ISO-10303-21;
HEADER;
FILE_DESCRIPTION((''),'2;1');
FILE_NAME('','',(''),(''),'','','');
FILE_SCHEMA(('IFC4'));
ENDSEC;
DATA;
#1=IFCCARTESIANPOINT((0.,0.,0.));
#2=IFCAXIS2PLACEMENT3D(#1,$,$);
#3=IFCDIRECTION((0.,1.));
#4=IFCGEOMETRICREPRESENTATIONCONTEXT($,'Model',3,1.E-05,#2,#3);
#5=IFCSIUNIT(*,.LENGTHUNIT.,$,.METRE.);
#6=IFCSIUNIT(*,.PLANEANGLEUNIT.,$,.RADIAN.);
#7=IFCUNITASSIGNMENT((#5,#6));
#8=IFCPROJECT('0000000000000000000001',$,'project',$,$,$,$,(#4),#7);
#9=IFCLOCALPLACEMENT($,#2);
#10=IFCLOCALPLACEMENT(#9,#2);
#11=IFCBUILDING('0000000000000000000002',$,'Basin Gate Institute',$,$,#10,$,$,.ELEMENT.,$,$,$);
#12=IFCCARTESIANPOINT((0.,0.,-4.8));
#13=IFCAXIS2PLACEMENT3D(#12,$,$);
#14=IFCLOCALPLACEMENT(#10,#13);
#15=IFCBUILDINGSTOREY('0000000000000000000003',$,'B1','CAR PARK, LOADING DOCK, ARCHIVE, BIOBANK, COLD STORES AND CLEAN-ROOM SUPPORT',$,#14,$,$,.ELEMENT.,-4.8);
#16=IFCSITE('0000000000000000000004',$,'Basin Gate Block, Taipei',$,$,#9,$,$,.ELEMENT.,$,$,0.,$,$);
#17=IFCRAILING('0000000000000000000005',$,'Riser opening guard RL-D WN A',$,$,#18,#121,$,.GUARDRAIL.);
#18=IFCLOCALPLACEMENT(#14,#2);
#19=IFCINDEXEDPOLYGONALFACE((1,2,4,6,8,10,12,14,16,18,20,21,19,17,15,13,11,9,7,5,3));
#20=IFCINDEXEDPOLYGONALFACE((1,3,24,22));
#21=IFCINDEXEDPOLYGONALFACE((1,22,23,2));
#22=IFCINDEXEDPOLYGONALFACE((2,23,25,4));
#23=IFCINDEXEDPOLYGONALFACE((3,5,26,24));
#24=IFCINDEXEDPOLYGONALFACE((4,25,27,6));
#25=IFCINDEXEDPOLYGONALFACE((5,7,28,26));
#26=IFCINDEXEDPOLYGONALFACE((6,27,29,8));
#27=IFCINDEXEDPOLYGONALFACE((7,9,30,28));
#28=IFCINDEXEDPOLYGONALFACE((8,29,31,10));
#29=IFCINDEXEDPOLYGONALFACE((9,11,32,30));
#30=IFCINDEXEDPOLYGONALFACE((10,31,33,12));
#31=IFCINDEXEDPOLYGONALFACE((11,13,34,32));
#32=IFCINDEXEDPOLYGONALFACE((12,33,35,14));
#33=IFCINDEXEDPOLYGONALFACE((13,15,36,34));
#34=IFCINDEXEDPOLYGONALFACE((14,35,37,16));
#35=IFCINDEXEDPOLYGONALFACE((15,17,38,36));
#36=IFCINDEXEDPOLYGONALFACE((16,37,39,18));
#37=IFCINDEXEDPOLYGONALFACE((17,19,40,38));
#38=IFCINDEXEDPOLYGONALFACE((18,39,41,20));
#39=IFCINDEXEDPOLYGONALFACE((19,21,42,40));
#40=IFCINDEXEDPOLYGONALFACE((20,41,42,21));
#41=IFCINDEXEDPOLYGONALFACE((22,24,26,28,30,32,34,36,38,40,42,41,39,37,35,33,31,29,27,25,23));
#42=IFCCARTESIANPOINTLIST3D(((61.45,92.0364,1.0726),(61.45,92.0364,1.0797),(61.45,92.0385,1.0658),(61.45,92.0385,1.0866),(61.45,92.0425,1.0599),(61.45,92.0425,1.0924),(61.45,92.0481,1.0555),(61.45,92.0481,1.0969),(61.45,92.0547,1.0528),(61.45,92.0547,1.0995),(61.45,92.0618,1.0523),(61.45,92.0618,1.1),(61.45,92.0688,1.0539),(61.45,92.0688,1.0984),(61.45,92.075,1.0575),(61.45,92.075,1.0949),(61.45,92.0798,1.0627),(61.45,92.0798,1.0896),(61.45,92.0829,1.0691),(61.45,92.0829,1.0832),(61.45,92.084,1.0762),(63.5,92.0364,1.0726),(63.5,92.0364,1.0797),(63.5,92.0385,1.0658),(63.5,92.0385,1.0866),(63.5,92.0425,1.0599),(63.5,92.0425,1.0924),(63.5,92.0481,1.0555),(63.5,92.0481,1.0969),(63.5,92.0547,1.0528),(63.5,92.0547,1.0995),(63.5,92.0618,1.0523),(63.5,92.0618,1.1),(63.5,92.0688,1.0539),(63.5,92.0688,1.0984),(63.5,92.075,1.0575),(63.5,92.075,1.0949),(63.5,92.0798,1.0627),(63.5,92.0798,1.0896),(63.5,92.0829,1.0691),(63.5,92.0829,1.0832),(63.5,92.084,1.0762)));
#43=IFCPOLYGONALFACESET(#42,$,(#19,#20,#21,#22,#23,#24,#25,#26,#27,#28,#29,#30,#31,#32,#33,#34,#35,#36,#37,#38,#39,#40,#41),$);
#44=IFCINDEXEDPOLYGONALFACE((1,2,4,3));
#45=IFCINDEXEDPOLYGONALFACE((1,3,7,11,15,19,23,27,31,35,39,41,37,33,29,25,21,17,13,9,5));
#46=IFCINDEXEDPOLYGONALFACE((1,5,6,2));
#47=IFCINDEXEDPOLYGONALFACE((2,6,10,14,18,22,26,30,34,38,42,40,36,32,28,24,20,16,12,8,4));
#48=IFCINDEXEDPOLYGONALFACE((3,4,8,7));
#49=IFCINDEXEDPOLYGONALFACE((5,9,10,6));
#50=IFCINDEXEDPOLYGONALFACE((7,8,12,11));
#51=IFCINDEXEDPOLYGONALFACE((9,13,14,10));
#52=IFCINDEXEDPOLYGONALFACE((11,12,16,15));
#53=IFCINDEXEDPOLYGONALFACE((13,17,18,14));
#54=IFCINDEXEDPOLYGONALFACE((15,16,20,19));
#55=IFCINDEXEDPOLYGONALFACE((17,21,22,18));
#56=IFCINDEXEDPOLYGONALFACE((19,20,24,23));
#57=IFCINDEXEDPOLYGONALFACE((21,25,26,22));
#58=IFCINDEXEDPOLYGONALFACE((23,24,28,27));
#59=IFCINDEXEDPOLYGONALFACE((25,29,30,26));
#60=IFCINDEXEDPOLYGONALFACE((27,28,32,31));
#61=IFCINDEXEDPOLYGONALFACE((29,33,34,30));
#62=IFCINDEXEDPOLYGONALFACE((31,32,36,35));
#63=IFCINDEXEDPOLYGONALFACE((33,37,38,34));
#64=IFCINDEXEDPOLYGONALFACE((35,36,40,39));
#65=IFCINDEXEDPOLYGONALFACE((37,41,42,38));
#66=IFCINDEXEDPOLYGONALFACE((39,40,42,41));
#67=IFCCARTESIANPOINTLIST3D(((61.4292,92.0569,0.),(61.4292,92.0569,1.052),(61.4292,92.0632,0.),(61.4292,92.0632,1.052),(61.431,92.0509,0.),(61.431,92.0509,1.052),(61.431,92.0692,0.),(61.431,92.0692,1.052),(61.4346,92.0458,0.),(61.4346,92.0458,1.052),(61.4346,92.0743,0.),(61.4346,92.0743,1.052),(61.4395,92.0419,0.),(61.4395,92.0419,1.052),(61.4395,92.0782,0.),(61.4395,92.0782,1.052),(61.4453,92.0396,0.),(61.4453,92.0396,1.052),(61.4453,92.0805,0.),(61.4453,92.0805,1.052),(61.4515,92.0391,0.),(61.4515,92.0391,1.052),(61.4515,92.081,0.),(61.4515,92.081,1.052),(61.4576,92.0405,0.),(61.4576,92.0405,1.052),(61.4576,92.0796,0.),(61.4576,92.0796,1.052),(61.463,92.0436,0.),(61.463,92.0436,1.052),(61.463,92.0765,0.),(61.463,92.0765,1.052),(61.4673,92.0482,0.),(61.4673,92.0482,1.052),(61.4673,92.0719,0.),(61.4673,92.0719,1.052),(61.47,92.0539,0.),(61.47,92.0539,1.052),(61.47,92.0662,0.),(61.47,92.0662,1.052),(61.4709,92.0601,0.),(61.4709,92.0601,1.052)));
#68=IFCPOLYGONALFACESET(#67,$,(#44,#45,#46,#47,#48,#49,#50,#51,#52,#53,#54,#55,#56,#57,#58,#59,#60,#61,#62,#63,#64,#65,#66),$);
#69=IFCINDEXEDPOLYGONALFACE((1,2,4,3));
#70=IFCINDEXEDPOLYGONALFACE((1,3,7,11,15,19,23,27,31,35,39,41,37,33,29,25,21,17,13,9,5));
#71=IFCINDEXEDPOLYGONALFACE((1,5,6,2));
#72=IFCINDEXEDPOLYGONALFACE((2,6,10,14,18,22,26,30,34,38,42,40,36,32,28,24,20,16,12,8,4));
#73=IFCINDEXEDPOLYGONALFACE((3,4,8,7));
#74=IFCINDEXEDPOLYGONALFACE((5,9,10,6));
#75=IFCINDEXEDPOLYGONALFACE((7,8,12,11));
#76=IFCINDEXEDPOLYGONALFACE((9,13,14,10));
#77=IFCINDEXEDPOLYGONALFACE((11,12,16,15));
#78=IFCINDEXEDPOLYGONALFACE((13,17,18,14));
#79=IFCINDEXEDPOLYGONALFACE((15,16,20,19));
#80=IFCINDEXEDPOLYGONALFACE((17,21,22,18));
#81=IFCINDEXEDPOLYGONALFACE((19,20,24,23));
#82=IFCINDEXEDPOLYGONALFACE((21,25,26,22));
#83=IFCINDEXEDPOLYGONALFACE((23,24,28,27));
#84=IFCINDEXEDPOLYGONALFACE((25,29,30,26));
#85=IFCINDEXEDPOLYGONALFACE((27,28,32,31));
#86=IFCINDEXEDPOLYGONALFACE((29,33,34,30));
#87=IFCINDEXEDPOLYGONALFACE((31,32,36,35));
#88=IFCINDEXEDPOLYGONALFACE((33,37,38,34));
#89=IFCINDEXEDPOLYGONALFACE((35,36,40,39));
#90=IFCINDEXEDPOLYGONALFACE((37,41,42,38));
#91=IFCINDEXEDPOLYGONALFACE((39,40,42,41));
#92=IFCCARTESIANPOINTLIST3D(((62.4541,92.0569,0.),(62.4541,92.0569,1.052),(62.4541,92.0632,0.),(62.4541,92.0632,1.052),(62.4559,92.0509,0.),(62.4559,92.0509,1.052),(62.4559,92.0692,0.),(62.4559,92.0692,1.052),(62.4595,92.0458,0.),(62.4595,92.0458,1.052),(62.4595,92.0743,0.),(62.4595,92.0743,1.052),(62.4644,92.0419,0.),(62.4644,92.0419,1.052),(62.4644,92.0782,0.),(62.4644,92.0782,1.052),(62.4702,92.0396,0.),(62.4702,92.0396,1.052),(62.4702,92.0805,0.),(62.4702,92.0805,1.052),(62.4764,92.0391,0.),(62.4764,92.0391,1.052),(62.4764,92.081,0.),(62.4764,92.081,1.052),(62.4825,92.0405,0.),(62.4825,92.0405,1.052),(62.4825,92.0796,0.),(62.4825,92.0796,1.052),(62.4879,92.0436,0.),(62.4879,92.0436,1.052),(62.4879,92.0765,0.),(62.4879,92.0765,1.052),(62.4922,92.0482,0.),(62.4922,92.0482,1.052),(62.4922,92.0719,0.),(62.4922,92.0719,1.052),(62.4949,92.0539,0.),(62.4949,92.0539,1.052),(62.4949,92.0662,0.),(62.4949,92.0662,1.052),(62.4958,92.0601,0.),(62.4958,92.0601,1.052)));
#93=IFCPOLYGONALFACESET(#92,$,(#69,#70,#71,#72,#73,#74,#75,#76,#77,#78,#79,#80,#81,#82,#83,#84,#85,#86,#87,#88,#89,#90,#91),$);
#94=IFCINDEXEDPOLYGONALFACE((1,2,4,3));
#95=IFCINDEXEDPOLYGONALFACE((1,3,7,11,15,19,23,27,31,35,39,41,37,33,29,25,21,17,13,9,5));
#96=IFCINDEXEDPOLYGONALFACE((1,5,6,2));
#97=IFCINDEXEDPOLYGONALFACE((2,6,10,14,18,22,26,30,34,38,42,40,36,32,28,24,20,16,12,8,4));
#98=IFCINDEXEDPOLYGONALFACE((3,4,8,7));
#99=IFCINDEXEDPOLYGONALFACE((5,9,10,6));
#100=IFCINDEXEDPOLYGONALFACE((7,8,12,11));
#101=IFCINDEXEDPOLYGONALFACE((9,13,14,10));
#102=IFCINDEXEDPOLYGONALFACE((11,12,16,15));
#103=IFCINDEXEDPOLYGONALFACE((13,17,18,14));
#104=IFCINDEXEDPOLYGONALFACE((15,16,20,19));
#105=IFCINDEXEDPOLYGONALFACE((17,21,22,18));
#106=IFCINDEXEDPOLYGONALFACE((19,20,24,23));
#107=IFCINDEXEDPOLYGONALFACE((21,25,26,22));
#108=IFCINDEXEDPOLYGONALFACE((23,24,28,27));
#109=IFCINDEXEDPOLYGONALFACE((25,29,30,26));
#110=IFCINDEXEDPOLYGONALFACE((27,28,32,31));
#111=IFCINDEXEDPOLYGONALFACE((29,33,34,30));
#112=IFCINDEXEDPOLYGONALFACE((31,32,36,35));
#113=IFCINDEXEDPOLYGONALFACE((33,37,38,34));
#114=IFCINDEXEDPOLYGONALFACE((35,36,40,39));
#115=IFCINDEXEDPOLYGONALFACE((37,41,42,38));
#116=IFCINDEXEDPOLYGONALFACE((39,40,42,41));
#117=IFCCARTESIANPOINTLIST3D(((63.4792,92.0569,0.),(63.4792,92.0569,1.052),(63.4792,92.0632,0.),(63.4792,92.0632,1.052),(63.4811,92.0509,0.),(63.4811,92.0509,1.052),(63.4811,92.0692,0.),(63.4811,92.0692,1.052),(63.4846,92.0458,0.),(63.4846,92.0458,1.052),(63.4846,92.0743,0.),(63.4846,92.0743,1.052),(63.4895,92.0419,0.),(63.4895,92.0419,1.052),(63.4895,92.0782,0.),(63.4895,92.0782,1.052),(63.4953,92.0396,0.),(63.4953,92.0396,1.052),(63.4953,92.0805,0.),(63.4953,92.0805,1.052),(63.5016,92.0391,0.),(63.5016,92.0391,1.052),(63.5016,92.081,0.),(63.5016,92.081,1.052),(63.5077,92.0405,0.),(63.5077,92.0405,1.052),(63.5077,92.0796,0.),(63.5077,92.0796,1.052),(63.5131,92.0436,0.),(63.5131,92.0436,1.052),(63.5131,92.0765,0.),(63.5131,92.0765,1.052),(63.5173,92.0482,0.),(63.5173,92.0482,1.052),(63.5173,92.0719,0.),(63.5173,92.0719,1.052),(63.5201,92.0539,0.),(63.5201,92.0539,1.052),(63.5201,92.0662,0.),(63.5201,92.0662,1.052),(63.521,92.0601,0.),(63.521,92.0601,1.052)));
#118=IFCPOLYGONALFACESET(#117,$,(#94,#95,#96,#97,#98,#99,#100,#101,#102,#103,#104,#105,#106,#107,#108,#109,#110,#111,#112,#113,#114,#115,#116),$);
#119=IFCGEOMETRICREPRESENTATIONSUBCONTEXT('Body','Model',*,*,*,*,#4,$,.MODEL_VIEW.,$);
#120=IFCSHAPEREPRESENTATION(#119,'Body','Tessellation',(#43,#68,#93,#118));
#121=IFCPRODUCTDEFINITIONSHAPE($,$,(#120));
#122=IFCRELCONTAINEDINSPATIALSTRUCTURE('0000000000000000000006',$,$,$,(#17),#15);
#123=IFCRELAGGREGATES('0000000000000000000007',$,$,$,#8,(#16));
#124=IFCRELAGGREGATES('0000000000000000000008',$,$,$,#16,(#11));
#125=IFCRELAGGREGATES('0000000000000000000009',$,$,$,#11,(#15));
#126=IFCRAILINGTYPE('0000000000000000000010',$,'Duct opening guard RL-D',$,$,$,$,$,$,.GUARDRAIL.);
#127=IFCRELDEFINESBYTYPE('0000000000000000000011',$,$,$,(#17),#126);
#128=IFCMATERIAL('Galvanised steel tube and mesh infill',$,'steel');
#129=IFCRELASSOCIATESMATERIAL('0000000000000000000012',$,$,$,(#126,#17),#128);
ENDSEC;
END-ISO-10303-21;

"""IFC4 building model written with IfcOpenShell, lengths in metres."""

from ifc_helpers import new_model, si_unit, direction, frame, origin, origin_2d, place, context, subcontext, project, spatial, circle, extrude, material, type_object, element, save


model = new_model("IFC4")

# Units and contexts
model_context = context("Model", 3, precision=1e-05, world=origin(), true_north=direction((0.0, 1.0)))
body_context = subcontext(model_context, "Body", "Model", "MODEL_VIEW")
ifc_project = project(units=[si_unit("LENGTHUNIT", "METRE"), si_unit("PLANEANGLEUNIT", "RADIAN")], contexts=[model_context])

# Site, building, storey
site_placement = place(None, origin())
site = spatial("IfcSite", under=ifc_project, at=site_placement, Name="Basin Gate Block, Taipei", CompositionType="ELEMENT", RefElevation=0.0)
building_placement = place(site_placement, origin())
building = spatial("IfcBuilding", under=site, at=building_placement, Name="Basin Gate Institute", CompositionType="ELEMENT")
storey_placement = place(building_placement, frame((0.0, 0.0, -4.8)))
storey = spatial("IfcBuildingStorey", under=building, at=storey_placement, Name="B1", Description="CAR PARK, LOADING DOCK, ARCHIVE, BIOBANK, COLD STORES AND CLEAN-ROOM SUPPORT", CompositionType="ELEMENT", Elevation=-4.8)

# Railing
ifc_material_1 = material(Name="Galvanised steel tube and mesh infill", Category="steel")
railing_type = type_object("IfcRailingType", Name="Duct opening guard RL-D", PredefinedType="GUARDRAIL", material=ifc_material_1)
railing_placement = place(storey_placement, frame((61.45, 92.0601, 0.0)))
element("IfcRailing", 1, at=railing_placement, inside=storey, type_object=railing_type, material=ifc_material_1, Name="Riser opening guard RL-D WN A", PredefinedType="GUARDRAIL", context=body_context, shape_type="SweptSolid", body=[
    extrude(circle(Radius=0.0239, at=origin_2d()), frame((0.0, 0.0, 1.0762), z_axis=(1.0, 0.0, 0.0), x_axis=(0.0, 1.0, 0.0)), (0.0, 0.0, 1.0), 2.05),
    extrude(circle(Radius=0.021, at=origin_2d()), origin(), (0.0, 0.0, 1.0), 1.052),
    extrude(circle(Radius=0.021, at=origin_2d()), frame((1.0249, 0.0, 0.0)), (0.0, 0.0, 1.0), 1.052),
    extrude(circle(Radius=0.021, at=origin_2d()), frame((2.05, 0.0, 0.0)), (0.0, 0.0, 1.0), 1.052),
])

save(model, "model.ifc")
